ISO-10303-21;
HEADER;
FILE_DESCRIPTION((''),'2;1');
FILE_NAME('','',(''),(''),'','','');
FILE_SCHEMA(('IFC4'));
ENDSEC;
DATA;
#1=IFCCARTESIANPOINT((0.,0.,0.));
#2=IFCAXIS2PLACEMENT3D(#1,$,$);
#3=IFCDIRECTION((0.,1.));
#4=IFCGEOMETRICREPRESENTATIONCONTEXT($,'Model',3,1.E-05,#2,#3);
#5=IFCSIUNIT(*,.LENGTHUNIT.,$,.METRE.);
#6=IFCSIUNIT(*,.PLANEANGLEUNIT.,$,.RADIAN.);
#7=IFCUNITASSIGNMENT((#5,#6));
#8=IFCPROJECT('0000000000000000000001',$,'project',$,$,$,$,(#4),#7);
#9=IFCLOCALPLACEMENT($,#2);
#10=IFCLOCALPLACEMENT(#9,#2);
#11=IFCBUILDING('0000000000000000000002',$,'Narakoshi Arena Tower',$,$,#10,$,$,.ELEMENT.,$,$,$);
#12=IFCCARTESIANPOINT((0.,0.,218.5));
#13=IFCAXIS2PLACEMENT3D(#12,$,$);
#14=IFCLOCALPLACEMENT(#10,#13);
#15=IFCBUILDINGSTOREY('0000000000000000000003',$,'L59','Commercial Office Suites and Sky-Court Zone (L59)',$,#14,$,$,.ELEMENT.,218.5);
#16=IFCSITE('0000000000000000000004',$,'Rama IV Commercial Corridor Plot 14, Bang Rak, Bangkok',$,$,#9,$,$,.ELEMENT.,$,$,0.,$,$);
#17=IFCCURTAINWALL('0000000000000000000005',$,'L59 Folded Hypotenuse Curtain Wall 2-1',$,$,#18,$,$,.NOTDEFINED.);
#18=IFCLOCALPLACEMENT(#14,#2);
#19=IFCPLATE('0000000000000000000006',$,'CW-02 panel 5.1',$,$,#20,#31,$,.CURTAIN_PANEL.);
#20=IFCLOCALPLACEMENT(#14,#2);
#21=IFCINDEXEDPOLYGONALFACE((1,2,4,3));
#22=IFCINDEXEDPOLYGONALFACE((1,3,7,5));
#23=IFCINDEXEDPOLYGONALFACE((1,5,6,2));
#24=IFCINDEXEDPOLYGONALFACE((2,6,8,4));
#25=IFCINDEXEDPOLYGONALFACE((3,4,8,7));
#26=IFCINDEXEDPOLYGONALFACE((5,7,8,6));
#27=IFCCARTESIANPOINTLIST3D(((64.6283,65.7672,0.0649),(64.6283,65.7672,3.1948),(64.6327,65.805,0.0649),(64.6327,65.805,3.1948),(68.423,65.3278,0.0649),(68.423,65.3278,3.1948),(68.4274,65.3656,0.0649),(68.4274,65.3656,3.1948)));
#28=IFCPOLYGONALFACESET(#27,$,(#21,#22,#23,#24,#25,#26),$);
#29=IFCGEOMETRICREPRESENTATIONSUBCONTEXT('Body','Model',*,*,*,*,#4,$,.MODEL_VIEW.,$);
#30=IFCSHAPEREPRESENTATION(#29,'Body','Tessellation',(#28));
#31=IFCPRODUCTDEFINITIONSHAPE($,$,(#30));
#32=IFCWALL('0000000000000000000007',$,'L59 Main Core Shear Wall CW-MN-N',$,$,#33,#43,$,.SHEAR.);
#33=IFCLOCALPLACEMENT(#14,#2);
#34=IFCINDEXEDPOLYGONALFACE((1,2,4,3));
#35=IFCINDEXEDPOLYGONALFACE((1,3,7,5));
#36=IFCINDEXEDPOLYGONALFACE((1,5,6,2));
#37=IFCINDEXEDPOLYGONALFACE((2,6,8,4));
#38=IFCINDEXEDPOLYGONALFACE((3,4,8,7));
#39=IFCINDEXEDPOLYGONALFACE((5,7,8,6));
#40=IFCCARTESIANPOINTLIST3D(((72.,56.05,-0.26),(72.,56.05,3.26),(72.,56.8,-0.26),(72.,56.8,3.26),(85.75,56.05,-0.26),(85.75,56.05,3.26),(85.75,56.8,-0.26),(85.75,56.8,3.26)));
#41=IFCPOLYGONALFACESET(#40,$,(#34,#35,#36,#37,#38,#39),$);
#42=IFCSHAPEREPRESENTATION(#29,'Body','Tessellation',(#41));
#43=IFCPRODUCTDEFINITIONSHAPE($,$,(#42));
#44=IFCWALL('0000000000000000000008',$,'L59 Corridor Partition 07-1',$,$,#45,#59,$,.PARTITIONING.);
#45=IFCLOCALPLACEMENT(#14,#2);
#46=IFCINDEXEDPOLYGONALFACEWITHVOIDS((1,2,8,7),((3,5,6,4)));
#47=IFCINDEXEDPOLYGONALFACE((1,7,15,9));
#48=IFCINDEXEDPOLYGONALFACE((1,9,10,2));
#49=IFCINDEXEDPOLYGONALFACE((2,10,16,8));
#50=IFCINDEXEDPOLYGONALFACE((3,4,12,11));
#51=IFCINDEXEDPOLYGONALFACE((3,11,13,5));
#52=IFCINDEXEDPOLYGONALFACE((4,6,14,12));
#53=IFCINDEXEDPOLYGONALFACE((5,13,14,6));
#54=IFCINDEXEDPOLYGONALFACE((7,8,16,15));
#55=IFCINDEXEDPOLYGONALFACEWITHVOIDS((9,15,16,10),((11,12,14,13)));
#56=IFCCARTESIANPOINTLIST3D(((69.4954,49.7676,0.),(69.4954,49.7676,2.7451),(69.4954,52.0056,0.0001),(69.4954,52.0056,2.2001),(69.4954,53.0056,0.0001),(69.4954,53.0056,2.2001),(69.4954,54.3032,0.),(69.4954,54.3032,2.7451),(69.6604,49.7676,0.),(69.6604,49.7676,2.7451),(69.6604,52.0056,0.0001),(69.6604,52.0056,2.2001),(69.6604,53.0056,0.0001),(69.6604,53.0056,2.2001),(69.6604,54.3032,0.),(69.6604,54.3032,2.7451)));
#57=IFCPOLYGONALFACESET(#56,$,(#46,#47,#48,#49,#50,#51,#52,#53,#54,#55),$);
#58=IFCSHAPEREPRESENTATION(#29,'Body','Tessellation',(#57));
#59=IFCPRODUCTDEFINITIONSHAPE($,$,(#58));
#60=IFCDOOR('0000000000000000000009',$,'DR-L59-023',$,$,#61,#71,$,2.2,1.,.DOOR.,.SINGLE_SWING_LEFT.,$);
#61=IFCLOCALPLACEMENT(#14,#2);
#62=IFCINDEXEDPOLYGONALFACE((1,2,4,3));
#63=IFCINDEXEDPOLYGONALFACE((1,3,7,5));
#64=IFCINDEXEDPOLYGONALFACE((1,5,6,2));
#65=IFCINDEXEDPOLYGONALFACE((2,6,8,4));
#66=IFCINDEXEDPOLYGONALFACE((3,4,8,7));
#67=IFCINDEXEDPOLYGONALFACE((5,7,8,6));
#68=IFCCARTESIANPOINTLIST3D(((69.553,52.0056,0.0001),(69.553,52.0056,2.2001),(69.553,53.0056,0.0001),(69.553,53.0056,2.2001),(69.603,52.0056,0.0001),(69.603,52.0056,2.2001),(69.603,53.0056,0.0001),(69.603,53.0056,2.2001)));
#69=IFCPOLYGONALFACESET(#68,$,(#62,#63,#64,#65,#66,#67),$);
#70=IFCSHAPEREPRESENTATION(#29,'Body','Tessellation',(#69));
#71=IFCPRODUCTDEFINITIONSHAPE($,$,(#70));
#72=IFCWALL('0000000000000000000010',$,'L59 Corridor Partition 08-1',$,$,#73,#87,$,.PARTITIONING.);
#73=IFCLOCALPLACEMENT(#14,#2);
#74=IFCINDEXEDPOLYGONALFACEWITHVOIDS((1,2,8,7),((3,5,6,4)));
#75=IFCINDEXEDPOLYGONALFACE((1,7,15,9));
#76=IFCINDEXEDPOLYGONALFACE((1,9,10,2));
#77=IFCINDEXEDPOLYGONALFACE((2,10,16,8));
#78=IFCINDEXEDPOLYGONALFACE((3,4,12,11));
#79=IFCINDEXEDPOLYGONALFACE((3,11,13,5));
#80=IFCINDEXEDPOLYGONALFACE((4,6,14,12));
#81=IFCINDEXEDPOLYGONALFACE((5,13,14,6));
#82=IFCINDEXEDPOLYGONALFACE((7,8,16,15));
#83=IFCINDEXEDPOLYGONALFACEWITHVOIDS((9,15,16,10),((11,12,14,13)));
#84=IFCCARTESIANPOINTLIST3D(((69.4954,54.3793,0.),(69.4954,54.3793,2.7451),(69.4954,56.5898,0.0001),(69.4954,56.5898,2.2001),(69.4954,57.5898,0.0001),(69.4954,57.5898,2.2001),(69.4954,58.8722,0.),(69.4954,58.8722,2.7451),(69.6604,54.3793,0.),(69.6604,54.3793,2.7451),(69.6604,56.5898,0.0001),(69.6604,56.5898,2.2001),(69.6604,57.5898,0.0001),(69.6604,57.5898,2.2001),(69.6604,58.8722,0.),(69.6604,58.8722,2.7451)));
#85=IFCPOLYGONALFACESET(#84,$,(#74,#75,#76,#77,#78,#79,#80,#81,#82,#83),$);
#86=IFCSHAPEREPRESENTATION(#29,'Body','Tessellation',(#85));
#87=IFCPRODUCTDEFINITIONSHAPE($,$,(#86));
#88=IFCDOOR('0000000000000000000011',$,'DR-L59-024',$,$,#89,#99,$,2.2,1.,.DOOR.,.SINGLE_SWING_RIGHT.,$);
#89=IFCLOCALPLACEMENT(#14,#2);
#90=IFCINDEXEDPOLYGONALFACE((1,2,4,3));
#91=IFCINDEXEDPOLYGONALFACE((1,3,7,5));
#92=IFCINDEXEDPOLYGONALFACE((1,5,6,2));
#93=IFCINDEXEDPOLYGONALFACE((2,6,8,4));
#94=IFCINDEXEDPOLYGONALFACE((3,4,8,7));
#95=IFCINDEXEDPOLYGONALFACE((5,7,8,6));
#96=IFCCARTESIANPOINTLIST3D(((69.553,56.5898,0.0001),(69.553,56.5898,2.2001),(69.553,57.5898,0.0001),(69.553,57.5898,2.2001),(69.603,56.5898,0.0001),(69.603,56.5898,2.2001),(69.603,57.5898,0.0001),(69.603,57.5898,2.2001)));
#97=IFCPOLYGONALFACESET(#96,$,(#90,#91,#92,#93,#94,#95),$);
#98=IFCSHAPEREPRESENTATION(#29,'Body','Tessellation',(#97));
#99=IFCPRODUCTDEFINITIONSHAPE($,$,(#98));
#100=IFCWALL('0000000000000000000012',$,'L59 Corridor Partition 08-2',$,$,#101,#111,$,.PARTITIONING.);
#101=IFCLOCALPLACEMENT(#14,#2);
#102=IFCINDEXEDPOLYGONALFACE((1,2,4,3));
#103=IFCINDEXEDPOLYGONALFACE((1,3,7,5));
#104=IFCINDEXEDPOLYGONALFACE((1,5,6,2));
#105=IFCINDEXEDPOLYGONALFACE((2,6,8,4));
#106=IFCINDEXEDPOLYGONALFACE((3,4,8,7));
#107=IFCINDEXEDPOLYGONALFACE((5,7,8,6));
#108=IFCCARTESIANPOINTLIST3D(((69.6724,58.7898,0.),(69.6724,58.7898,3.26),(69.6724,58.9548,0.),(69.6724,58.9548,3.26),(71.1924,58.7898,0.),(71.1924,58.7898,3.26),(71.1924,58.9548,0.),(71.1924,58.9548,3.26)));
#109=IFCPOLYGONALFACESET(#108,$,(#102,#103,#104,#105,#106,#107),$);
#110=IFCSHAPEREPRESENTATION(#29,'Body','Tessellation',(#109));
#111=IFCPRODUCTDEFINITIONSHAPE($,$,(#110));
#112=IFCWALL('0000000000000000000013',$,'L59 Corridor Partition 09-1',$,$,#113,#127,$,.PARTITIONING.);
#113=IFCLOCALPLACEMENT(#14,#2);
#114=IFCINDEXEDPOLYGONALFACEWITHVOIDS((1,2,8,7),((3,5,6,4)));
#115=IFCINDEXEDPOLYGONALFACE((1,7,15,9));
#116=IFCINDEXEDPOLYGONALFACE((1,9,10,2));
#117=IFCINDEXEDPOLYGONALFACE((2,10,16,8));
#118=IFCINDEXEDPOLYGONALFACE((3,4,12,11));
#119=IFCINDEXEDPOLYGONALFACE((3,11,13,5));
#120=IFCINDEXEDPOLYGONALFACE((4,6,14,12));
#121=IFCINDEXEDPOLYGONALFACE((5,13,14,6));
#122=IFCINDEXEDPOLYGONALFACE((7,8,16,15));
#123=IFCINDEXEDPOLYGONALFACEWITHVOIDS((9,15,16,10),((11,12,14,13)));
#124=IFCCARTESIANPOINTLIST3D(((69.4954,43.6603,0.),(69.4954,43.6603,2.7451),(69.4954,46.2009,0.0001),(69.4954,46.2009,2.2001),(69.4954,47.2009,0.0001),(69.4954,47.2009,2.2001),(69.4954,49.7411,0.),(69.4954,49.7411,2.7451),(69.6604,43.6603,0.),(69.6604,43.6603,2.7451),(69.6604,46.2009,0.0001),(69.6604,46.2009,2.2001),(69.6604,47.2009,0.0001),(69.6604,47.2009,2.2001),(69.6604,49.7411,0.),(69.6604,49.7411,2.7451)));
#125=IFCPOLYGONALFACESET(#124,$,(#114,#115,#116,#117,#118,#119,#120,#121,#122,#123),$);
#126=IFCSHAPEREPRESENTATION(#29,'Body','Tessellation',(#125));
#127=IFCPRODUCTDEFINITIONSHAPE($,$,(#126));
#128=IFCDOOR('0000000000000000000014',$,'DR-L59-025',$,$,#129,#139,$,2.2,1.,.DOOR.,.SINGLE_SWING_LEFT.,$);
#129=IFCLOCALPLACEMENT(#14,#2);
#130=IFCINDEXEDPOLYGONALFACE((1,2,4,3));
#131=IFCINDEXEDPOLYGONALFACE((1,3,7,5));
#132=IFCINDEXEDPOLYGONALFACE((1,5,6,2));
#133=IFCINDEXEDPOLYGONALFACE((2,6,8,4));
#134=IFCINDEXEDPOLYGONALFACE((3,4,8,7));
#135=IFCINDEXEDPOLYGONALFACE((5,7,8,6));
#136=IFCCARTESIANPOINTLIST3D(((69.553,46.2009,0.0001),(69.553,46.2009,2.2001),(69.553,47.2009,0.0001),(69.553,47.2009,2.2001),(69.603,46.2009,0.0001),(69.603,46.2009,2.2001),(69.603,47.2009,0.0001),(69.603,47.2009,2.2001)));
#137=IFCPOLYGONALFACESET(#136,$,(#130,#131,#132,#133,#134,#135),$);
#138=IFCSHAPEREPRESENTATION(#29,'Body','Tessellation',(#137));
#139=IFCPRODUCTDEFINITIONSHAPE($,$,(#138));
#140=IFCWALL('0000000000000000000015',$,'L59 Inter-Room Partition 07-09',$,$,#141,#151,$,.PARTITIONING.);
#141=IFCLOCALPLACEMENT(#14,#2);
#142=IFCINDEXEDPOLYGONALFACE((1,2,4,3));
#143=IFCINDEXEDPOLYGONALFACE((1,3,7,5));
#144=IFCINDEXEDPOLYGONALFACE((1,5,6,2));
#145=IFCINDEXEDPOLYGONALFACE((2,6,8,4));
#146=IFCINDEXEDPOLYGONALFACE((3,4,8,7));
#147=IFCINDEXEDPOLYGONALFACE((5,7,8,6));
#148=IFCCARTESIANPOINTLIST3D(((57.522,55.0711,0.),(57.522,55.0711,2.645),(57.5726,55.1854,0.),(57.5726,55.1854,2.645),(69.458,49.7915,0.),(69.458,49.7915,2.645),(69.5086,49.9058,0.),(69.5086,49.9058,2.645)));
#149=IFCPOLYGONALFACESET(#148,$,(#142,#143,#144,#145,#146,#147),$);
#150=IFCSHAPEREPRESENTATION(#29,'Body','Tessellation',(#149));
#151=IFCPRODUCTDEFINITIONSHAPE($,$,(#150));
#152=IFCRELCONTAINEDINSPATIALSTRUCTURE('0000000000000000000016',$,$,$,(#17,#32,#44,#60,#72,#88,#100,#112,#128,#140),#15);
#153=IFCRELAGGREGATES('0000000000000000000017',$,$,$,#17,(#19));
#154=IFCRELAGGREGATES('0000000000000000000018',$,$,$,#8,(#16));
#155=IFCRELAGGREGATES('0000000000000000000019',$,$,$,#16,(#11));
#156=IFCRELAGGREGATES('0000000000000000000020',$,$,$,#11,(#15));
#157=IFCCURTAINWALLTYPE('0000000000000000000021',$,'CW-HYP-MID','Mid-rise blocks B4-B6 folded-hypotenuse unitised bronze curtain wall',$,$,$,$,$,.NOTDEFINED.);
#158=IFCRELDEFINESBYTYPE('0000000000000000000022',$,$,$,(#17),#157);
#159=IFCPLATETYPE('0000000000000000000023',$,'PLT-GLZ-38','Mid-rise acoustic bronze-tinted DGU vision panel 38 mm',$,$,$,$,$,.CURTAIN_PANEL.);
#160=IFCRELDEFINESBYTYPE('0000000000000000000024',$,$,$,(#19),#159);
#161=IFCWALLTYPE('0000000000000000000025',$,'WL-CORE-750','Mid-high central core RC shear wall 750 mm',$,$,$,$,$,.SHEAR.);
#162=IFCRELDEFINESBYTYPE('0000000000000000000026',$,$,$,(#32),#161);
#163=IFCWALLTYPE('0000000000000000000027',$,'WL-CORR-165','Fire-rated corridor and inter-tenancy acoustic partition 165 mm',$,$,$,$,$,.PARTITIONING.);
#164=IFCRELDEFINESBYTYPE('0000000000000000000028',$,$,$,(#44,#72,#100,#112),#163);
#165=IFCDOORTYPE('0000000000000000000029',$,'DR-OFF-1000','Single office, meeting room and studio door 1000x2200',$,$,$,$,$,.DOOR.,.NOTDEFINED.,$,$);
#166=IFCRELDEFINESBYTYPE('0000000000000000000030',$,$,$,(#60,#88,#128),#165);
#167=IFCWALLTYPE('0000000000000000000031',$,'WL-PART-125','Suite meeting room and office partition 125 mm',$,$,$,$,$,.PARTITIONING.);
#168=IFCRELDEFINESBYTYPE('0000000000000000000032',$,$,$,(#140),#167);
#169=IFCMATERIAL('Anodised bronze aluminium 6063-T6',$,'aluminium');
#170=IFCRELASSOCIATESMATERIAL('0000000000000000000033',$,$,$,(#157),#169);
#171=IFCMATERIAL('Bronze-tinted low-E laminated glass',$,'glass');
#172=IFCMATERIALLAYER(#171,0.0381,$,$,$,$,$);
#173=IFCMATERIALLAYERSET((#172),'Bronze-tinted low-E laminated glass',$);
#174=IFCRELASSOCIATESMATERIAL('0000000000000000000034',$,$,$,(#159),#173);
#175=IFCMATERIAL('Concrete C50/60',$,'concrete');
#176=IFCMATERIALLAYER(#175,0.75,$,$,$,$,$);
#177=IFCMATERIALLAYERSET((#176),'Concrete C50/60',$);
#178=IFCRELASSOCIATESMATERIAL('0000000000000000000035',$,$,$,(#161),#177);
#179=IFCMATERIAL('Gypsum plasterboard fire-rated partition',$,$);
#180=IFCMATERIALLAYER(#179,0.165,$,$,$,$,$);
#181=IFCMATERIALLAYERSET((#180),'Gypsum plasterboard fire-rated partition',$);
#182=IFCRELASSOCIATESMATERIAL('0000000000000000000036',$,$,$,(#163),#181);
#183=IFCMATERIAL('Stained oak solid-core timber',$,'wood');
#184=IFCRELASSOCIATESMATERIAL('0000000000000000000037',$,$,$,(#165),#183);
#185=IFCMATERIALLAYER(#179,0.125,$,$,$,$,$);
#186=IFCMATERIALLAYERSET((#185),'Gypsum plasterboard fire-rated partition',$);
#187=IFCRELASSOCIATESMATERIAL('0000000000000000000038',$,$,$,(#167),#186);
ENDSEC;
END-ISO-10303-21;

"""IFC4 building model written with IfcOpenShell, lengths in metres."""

from ifc_helpers import new_model, si_unit, direction, frame, frame_2d, origin, origin_2d, place, context, subcontext, project, spatial, rectangle, extrude, material, layer, layer_set, type_object, element, fill, aggregate, save


model = new_model("IFC4")

# Units and contexts
model_context = context("Model", 3, precision=1e-05, world=origin(), true_north=direction((0.0, 1.0)))
body_context = subcontext(model_context, "Body", "Model", "MODEL_VIEW")
ifc_project = project(units=[si_unit("LENGTHUNIT", "METRE"), si_unit("PLANEANGLEUNIT", "RADIAN")], contexts=[model_context])

# Site, building, storey
site_placement = place(None, origin())
site = spatial("IfcSite", under=ifc_project, at=site_placement, Name="Rama IV Commercial Corridor Plot 14, Bang Rak, Bangkok", CompositionType="ELEMENT", RefElevation=0.0)
building_placement = place(site_placement, origin())
building = spatial("IfcBuilding", under=site, at=building_placement, Name="Narakoshi Arena Tower", CompositionType="ELEMENT")
storey_placement = place(building_placement, frame((0.0, 0.0, 218.5)))
storey = spatial("IfcBuildingStorey", under=building, at=storey_placement, Name="L59", Description="Commercial Office Suites and Sky-Court Zone (L59)", CompositionType="ELEMENT", Elevation=218.5)

# Shared definitions
ifc_material_1 = material(Name="Concrete C50/60", Category="concrete")

# Curtain wall, plate
ifc_material_2 = material(Name="Anodised bronze aluminium 6063-T6", Category="aluminium")
curtain_wall_type = type_object("IfcCurtainWallType", Name="CW-HYP-MID", Description="Mid-rise blocks B4-B6 folded-hypotenuse unitised bronze curtain wall", PredefinedType="NOTDEFINED", material=ifc_material_2)
curtain_wall_placement = place(storey_placement, origin())
curtain_wall = element("IfcCurtainWall", 1, at=curtain_wall_placement, inside=storey, type_object=curtain_wall_type, Name="L59 Folded Hypotenuse Curtain Wall 2-1", PredefinedType="NOTDEFINED")
ifc_material_3 = material(Name="Bronze-tinted low-E laminated glass", Category="glass")
ifc_layer_1 = layer(ifc_material_3, 0.0381)
ifc_layer_set_1 = layer_set([ifc_layer_1], Name="Bronze-tinted low-E laminated glass")
plate_type = type_object("IfcPlateType", Name="PLT-GLZ-38", Description="Mid-rise acoustic bronze-tinted DGU vision panel 38 mm", PredefinedType="CURTAIN_PANEL", material=ifc_layer_set_1)
plate_1_placement = place(storey_placement, frame((66.5278, 65.5664, 0.0649), z_axis=(0.0, 0.0, 1.0), x_axis=(-0.993364, 0.115011, 0.0)))
plate_1 = element("IfcPlate", 2, at=plate_1_placement, type_object=plate_type, Name="CW-02 panel 5.1", PredefinedType="CURTAIN_PANEL", context=body_context, shape_type="SweptSolid", body=[
    extrude(rectangle(XDim=3.8201, YDim=0.0381, at=origin_2d()), origin(), (0.0, 0.0, 1.0), 3.1299),
])
aggregate(curtain_wall, [plate_1])

# Wall
ifc_layer_2 = layer(ifc_material_1, 0.75)
ifc_layer_set_2 = layer_set([ifc_layer_2], Name="Concrete C50/60")
wall_type_1 = type_object("IfcWallType", Name="WL-CORE-750", Description="Mid-high central core RC shear wall 750 mm", PredefinedType="SHEAR", material=ifc_layer_set_2)
wall_1_placement = place(storey_placement, frame((72.0, 56.425, -0.26), z_axis=(0.0, 0.0, 1.0), x_axis=(1.0, 0.0, 0.0)))
element("IfcWall", 3, at=wall_1_placement, inside=storey, type_object=wall_type_1, Name="L59 Main Core Shear Wall CW-MN-N", PredefinedType="SHEAR", context=body_context, shape_type="SweptSolid", body=[
    extrude(rectangle(XDim=13.75, YDim=0.75, at=frame_2d((6.875, 0.0))), origin(), (0.0, 0.0, 1.0), 3.52),
])

# Walls, openings, doors
ifc_material_4 = material(Name="Gypsum plasterboard fire-rated partition")
ifc_layer_3 = layer(ifc_material_4, 0.165)
ifc_layer_set_3 = layer_set([ifc_layer_3], Name="Gypsum plasterboard fire-rated partition")
wall_type_2 = type_object("IfcWallType", Name="WL-CORR-165", Description="Fire-rated corridor and inter-tenancy acoustic partition 165 mm", PredefinedType="PARTITIONING", material=ifc_layer_set_3)
wall_2_placement = place(storey_placement, frame((69.5779, 54.3032, 0.0), z_axis=(0.0, 0.0, 1.0), x_axis=(0.0, -1.0, 0.0)))
wall_2 = element("IfcWall", 4, at=wall_2_placement, inside=storey, type_object=wall_type_2, Name="L59 Corridor Partition 07-1", PredefinedType="PARTITIONING", context=body_context, shape_type="SweptSolid", body=[
    extrude(rectangle(XDim=4.5356, YDim=0.165, at=frame_2d((2.2678, 0.0))), origin(), (0.0, 0.0, 1.0), 2.7451),
])
opening_1_placement = place(wall_2_placement, frame((1.2976, 0.0, 0.0)))
opening_1 = element("IfcOpeningElement", 5, at=opening_1_placement, cuts=wall_2, PredefinedType="OPENING", context=body_context, shape_type="SweptSolid", body=[
    extrude(rectangle(XDim=1.0, YDim=2.2, at=frame_2d((0.5, 1.1001))), frame((0.0, 0.0925, 0.0), z_axis=(0.0, -1.0, 0.0), x_axis=(1.0, 0.0, 0.0)), (0.0, 0.0, 1.0), 0.1851),
])
ifc_material_5 = material(Name="Stained oak solid-core timber", Category="wood")
door_type_1 = type_object("IfcDoorType", Name="DR-OFF-1000", Description="Single office, meeting room and studio door 1000x2200", OperationType="NOTDEFINED", PredefinedType="DOOR", material=ifc_material_5)
door_1_placement = place(opening_1_placement, frame((1.0, 0.0, 0.0), z_axis=(0.0, 0.0, 1.0), x_axis=(-1.0, 0.0, 0.0)))
door_1 = element("IfcDoor", 6, at=door_1_placement, inside=storey, type_object=door_type_1, Name="DR-L59-023", OperationType="SINGLE_SWING_LEFT", OverallHeight=2.2, OverallWidth=1.0, PredefinedType="DOOR", context=body_context, shape_type="SweptSolid", body=[
    extrude(rectangle(XDim=1.0, YDim=2.2, at=frame_2d((0.5, 1.1001))), frame((0.0, 0.0249, 0.0), z_axis=(0.0, -1.0, 0.0), x_axis=(1.0, 0.0, 0.0)), (0.0, 0.0, 1.0), 0.05),
])
fill(opening_1, door_1)
wall_3_placement = place(storey_placement, frame((69.5779, 58.8723, 0.0), z_axis=(0.0, 0.0, 1.0), x_axis=(0.0, -1.0, 0.0)))
wall_3 = element("IfcWall", 7, at=wall_3_placement, inside=storey, type_object=wall_type_2, Name="L59 Corridor Partition 08-1", PredefinedType="PARTITIONING", context=body_context, shape_type="SweptSolid", body=[
    extrude(rectangle(XDim=4.4929, YDim=0.165, at=frame_2d((2.2466, 0.0))), origin(), (0.0, 0.0, 1.0), 2.7451),
])
opening_2_placement = place(wall_3_placement, frame((1.2825, 0.0, 0.0)))
opening_2 = element("IfcOpeningElement", 8, at=opening_2_placement, cuts=wall_3, PredefinedType="OPENING", context=body_context, shape_type="SweptSolid", body=[
    extrude(rectangle(XDim=1.0, YDim=2.2, at=frame_2d((0.5, 1.1001))), frame((0.0, 0.0925, 0.0), z_axis=(0.0, -1.0, 0.0), x_axis=(1.0, 0.0, 0.0)), (0.0, 0.0, 1.0), 0.1851),
])
door_2_placement = place(opening_2_placement, frame((1.0, 0.0, 0.0), z_axis=(0.0, 0.0, 1.0), x_axis=(-1.0, 0.0, 0.0)))
door_2 = element("IfcDoor", 9, at=door_2_placement, inside=storey, type_object=door_type_1, Name="DR-L59-024", OperationType="SINGLE_SWING_RIGHT", OverallHeight=2.2, OverallWidth=1.0, PredefinedType="DOOR", context=body_context, shape_type="SweptSolid", body=[
    extrude(rectangle(XDim=1.0, YDim=2.2, at=frame_2d((0.5, 1.1001))), frame((0.0, 0.0249, 0.0), z_axis=(0.0, -1.0, 0.0), x_axis=(1.0, 0.0, 0.0)), (0.0, 0.0, 1.0), 0.05),
])
fill(opening_2, door_2)

# Wall
wall_4_placement = place(storey_placement, frame((71.1924, 58.8723, 0.0), z_axis=(0.0, 0.0, 1.0), x_axis=(-1.0, 0.0, 0.0)))
element("IfcWall", 10, at=wall_4_placement, inside=storey, type_object=wall_type_2, Name="L59 Corridor Partition 08-2", PredefinedType="PARTITIONING", context=body_context, shape_type="SweptSolid", body=[
    extrude(rectangle(XDim=1.52, YDim=0.165, at=frame_2d((0.76, 0.0))), origin(), (0.0, 0.0, 1.0), 3.26),
])

# Wall, opening, door
wall_5_placement = place(storey_placement, frame((69.5779, 49.7412, 0.0), z_axis=(0.0, 0.0, 1.0), x_axis=(0.0, -1.0, 0.0)))
wall_5 = element("IfcWall", 11, at=wall_5_placement, inside=storey, type_object=wall_type_2, Name="L59 Corridor Partition 09-1", PredefinedType="PARTITIONING", context=body_context, shape_type="SweptSolid", body=[
    extrude(rectangle(XDim=6.0808, YDim=0.165, at=frame_2d((3.0405, 0.0))), origin(), (0.0, 0.0, 1.0), 2.7451),
])
opening_3_placement = place(wall_5_placement, frame((2.5403, 0.0, 0.0)))
opening_3 = element("IfcOpeningElement", 12, at=opening_3_placement, cuts=wall_5, PredefinedType="OPENING", context=body_context, shape_type="SweptSolid", body=[
    extrude(rectangle(XDim=1.0, YDim=2.2, at=frame_2d((0.5, 1.1001))), frame((0.0, 0.0925, 0.0), z_axis=(0.0, -1.0, 0.0), x_axis=(1.0, 0.0, 0.0)), (0.0, 0.0, 1.0), 0.1851),
])
door_3_placement = place(opening_3_placement, frame((1.0, 0.0, 0.0), z_axis=(0.0, 0.0, 1.0), x_axis=(-1.0, 0.0, 0.0)))
door_3 = element("IfcDoor", 13, at=door_3_placement, inside=storey, type_object=door_type_1, Name="DR-L59-025", OperationType="SINGLE_SWING_LEFT", OverallHeight=2.2, OverallWidth=1.0, PredefinedType="DOOR", context=body_context, shape_type="SweptSolid", body=[
    extrude(rectangle(XDim=1.0, YDim=2.2, at=frame_2d((0.5, 1.1001))), frame((0.0, 0.0249, 0.0), z_axis=(0.0, -1.0, 0.0), x_axis=(1.0, 0.0, 0.0)), (0.0, 0.0, 1.0), 0.05),
])
fill(opening_3, door_3)

# Wall
ifc_layer_4 = layer(ifc_material_4, 0.125)
ifc_layer_set_4 = layer_set([ifc_layer_4], Name="Gypsum plasterboard fire-rated partition")
wall_type_3 = type_object("IfcWallType", Name="WL-PART-125", Description="Suite meeting room and office partition 125 mm", PredefinedType="PARTITIONING", material=ifc_layer_set_4)
wall_6_placement = place(storey_placement, frame((69.4834, 49.8486, 0.0), z_axis=(0.0, 0.0, 1.0), x_axis=(-0.914531, 0.404515, 0.0)))
element("IfcWall", 14, at=wall_6_placement, inside=storey, type_object=wall_type_3, Name="L59 Inter-Room Partition 07-09", PredefinedType="PARTITIONING", context=body_context, shape_type="SweptSolid", body=[
    extrude(rectangle(XDim=13.0515, YDim=0.125, at=frame_2d((6.5259, 0.0))), origin(), (0.0, 0.0, 1.0), 2.645),
])

save(model, "model.ifc")
